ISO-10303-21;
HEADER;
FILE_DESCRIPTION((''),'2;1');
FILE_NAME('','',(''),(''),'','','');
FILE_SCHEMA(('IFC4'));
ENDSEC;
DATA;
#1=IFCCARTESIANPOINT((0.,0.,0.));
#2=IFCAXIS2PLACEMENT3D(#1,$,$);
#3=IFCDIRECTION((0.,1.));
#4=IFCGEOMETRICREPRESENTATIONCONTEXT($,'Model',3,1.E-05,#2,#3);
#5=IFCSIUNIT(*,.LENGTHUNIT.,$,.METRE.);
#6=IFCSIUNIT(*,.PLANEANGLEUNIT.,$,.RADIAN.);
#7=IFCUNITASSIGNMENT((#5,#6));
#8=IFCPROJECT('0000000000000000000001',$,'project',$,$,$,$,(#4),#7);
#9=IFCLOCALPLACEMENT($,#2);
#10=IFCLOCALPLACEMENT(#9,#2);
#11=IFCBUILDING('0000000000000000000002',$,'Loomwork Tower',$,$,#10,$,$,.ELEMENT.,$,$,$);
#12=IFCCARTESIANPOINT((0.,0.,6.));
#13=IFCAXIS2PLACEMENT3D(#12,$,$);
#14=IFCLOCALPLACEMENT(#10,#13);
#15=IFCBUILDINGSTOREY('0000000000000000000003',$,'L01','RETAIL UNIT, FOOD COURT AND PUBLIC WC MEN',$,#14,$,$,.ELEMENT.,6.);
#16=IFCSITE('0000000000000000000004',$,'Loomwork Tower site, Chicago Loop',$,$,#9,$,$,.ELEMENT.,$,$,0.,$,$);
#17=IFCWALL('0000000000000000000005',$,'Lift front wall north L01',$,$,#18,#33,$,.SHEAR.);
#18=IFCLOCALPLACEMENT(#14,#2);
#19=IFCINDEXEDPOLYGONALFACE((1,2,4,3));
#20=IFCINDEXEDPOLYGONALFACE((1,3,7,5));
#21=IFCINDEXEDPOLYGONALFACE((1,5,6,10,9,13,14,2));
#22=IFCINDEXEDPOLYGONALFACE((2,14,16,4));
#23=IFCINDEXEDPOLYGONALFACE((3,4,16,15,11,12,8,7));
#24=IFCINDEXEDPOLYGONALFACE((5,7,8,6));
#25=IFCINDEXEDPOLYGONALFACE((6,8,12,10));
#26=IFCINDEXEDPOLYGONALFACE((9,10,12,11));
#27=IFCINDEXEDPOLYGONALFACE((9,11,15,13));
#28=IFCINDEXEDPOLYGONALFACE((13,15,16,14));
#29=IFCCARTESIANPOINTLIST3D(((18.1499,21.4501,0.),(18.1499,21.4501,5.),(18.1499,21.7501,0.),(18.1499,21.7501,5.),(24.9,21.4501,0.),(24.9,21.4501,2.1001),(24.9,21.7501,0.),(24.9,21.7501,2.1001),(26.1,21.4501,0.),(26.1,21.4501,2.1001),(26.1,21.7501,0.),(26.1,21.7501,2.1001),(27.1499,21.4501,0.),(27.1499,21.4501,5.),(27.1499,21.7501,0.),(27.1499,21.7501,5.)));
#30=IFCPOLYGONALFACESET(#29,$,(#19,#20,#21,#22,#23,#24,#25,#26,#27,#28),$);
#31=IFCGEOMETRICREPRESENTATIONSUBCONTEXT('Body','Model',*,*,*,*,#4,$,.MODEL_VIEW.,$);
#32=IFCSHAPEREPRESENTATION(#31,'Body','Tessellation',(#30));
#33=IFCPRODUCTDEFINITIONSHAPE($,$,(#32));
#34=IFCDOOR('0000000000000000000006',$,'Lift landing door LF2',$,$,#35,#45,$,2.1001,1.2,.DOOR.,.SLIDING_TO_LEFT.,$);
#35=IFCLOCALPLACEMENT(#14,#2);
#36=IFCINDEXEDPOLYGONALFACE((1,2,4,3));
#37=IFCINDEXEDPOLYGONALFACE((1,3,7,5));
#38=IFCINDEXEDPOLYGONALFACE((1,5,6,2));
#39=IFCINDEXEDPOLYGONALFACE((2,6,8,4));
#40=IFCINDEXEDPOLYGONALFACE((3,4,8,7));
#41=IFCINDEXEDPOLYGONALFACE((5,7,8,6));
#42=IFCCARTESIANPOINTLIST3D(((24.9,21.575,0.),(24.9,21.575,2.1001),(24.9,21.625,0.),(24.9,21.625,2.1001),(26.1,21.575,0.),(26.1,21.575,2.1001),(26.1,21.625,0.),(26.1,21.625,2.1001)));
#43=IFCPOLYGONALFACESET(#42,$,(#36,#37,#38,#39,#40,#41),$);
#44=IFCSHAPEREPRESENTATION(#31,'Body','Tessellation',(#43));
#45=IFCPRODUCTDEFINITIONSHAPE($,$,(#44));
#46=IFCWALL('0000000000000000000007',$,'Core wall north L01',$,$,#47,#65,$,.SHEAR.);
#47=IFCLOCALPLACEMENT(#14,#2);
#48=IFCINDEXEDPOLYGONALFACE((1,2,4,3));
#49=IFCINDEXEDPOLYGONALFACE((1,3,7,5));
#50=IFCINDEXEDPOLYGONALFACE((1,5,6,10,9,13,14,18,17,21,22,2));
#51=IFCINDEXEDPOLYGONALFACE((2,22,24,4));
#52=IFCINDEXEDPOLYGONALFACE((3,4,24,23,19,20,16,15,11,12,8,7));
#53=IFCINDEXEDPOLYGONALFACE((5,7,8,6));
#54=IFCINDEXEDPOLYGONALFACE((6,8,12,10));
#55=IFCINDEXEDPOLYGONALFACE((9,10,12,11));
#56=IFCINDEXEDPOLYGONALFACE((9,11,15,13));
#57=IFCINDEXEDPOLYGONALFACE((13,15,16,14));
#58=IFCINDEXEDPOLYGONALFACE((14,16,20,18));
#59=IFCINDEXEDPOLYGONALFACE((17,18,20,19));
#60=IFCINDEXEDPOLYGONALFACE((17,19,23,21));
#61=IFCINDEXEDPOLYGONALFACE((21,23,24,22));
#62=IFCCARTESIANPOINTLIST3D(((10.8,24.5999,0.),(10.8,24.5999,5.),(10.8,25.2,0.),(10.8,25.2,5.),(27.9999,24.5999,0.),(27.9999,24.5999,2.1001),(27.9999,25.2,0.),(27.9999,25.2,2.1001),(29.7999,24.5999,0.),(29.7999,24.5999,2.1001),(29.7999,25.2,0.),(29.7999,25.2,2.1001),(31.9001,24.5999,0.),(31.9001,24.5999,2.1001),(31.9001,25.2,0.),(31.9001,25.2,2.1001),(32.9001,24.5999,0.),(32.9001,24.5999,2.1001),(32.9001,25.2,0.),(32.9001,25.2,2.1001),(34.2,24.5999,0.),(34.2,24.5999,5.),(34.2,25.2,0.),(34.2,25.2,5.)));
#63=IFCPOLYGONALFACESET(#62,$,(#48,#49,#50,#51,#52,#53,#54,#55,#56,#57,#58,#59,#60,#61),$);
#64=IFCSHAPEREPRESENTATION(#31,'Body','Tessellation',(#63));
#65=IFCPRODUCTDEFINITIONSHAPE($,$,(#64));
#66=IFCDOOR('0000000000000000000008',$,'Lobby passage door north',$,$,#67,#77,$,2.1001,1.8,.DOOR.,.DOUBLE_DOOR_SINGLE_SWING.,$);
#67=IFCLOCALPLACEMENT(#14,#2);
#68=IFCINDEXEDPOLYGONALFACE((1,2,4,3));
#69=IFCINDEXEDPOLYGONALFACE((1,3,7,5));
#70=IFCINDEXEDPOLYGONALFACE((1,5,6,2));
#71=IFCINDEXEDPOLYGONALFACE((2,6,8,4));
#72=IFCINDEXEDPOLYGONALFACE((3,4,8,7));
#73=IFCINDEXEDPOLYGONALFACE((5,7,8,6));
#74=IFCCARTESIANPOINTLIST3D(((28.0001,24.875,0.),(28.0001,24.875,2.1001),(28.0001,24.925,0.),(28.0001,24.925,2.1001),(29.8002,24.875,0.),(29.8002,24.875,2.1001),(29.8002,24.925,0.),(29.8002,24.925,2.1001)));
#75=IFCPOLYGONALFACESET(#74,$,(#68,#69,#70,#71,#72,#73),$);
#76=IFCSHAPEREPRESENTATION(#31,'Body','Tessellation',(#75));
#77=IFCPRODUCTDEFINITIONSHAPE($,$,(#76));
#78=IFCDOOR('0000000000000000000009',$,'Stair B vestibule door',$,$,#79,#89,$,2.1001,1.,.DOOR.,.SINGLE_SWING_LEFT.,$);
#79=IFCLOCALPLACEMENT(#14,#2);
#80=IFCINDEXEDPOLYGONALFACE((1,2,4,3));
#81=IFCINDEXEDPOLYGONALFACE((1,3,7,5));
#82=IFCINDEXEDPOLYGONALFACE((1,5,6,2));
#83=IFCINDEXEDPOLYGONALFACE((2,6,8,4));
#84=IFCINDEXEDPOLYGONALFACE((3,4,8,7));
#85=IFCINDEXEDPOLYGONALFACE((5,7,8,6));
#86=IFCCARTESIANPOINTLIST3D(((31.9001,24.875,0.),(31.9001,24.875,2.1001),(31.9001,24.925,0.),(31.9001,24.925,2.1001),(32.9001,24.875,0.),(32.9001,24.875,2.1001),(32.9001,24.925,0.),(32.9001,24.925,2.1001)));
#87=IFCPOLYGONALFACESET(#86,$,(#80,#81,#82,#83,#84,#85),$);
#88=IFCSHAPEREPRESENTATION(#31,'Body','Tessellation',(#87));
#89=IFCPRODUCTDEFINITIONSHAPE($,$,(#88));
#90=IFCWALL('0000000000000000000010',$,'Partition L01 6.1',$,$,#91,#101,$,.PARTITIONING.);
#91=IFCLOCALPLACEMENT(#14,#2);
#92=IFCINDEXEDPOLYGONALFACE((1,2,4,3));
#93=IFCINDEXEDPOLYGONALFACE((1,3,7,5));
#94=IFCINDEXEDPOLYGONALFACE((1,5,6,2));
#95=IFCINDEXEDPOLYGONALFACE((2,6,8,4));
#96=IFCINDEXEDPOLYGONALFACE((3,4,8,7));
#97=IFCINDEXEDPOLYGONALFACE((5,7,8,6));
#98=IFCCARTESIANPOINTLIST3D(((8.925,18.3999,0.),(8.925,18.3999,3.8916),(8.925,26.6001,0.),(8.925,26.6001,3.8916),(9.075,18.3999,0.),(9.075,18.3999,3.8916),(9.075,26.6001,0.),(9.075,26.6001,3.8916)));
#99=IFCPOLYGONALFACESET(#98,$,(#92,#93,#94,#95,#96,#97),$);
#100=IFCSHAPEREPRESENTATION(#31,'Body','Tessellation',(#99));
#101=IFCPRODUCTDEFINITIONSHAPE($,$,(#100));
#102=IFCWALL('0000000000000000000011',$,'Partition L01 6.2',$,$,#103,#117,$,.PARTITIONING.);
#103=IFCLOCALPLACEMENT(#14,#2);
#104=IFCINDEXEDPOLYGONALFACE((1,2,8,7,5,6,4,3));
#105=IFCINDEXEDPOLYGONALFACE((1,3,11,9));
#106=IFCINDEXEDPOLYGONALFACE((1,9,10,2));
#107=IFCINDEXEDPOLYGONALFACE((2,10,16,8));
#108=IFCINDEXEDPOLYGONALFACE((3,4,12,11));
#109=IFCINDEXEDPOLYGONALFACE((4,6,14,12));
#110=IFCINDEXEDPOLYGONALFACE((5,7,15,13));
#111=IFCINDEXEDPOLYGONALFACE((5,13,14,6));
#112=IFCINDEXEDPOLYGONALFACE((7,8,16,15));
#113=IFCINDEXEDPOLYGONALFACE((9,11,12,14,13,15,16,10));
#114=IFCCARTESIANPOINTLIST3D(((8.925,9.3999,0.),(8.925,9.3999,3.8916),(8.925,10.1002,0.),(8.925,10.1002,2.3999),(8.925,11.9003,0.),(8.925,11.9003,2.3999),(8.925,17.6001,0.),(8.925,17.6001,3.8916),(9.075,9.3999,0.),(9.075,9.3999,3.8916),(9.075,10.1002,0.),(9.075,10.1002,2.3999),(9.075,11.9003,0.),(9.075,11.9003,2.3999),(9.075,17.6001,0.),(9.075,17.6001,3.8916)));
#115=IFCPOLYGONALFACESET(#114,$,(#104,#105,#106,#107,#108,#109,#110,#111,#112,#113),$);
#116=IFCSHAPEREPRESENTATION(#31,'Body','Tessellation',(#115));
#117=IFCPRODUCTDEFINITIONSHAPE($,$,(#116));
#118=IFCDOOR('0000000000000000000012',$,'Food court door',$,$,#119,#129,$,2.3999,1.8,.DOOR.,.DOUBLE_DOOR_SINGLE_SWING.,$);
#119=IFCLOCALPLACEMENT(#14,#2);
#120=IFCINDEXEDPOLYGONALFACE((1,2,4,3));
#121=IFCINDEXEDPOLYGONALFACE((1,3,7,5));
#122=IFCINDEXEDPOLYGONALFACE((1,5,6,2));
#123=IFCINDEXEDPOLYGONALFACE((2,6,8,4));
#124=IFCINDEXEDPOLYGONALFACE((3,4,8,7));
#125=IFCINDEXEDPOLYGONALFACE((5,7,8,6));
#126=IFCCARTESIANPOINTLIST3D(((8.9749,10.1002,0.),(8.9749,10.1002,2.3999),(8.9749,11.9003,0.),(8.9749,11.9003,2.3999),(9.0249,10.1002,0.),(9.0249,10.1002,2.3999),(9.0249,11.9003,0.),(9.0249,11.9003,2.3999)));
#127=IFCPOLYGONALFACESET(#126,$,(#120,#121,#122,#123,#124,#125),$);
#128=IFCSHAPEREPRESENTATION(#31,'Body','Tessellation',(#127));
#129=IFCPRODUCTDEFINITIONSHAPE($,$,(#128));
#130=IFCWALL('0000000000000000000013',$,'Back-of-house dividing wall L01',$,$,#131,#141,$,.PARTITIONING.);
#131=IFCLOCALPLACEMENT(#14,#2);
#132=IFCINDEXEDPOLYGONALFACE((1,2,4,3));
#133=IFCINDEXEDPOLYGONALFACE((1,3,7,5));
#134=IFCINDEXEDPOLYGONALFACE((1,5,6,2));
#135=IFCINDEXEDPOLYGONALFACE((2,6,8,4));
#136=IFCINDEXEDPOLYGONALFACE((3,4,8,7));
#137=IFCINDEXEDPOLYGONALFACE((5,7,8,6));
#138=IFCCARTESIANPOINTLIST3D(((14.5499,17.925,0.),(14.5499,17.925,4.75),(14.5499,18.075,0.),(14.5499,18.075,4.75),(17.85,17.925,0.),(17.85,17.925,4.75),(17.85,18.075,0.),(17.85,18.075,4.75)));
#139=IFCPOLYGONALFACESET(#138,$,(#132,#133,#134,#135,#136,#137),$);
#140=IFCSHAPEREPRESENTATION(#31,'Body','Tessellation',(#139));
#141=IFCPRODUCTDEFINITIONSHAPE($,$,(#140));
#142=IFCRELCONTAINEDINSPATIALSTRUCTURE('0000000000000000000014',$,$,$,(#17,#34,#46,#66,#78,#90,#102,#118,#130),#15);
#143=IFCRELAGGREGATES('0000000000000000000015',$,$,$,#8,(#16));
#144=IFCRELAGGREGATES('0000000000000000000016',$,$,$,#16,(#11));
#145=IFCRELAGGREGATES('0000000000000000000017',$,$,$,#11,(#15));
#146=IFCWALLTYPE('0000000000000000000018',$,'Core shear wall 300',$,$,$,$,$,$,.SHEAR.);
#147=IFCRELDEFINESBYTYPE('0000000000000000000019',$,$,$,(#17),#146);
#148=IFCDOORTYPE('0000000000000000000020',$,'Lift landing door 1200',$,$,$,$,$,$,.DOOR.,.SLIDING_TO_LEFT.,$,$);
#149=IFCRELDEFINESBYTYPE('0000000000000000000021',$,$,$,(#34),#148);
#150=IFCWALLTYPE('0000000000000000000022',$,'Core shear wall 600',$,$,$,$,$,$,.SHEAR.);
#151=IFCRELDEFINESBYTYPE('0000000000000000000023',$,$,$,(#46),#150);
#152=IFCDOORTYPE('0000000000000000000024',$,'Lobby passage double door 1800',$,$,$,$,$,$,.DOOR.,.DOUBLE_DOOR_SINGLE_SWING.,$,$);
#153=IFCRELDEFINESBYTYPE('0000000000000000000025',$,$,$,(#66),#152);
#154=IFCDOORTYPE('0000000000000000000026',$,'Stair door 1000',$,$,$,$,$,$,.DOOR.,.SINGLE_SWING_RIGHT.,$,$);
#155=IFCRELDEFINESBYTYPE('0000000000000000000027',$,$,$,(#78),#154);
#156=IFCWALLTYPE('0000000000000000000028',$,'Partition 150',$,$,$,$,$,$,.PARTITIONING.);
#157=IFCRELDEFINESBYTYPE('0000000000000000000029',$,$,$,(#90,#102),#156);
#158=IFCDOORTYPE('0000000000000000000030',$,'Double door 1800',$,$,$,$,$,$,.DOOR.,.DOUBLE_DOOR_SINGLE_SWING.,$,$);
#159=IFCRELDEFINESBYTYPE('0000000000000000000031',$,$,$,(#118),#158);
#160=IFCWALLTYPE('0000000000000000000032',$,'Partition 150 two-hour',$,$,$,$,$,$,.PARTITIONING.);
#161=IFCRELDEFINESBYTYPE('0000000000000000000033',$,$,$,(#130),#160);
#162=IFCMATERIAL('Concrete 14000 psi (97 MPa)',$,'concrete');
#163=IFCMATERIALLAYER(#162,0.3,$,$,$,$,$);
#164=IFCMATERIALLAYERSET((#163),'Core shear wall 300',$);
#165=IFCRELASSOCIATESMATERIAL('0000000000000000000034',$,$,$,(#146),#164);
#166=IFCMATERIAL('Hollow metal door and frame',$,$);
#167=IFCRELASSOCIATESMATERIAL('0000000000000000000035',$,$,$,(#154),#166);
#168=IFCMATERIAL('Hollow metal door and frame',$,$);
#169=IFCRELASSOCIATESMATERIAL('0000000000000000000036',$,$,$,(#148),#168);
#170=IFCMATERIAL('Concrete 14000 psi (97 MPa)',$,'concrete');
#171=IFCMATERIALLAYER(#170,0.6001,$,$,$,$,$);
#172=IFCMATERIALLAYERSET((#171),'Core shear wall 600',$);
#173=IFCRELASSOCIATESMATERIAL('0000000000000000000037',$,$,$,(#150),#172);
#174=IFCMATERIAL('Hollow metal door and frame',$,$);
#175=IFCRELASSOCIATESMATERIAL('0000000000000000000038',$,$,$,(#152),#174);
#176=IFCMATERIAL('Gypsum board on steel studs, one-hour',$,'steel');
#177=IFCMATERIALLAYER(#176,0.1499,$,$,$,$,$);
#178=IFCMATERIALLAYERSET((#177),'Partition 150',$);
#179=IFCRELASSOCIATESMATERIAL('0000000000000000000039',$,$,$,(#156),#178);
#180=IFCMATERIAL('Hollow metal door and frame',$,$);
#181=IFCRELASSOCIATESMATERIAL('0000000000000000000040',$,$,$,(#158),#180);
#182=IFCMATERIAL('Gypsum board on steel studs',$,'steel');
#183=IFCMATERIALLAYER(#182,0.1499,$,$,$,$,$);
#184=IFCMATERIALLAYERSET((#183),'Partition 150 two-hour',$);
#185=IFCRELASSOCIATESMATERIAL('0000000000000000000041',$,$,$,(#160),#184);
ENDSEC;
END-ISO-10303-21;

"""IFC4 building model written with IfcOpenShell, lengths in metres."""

from ifc_helpers import new_model, si_unit, direction, frame, frame_2d, origin, place, context, subcontext, project, spatial, rectangle, extrude, material, layer, layer_set, type_object, element, fill, save


model = new_model("IFC4")

# Units and contexts
model_context = context("Model", 3, precision=1e-05, world=origin(), true_north=direction((0.0, 1.0)))
body_context = subcontext(model_context, "Body", "Model", "MODEL_VIEW")
ifc_project = project(units=[si_unit("LENGTHUNIT", "METRE"), si_unit("PLANEANGLEUNIT", "RADIAN")], contexts=[model_context])

# Site, building, storey
site_placement = place(None, origin())
site = spatial("IfcSite", under=ifc_project, at=site_placement, Name="Loomwork Tower site, Chicago Loop", CompositionType="ELEMENT", RefElevation=0.0)
building_placement = place(site_placement, origin())
building = spatial("IfcBuilding", under=site, at=building_placement, Name="Loomwork Tower", CompositionType="ELEMENT")
storey_placement = place(building_placement, frame((0.0, 0.0, 6.0)))
storey = spatial("IfcBuildingStorey", under=building, at=storey_placement, Name="L01", Description="RETAIL UNIT, FOOD COURT AND PUBLIC WC MEN", CompositionType="ELEMENT", Elevation=6.0)

# Shared definitions
ifc_material_1 = material(Name="Concrete 14000 psi (97 MPa)", Category="concrete")
ifc_layer_1 = layer(ifc_material_1, 0.3)
ifc_layer_set_1 = layer_set([ifc_layer_1], Name="Core shear wall 300")
wall_type_1 = type_object("IfcWallType", Name="Core shear wall 300", PredefinedType="SHEAR", material=ifc_layer_set_1)
ifc_material_2 = material(Name="Hollow metal door and frame")
door_type_1 = type_object("IfcDoorType", Name="Stair door 1000", OperationType="SINGLE_SWING_RIGHT", PredefinedType="DOOR", material=ifc_material_2)

# Shared definitions
ifc_material_3 = material(Name="Hollow metal door and frame")
door_type_2 = type_object("IfcDoorType", Name="Lift landing door 1200", OperationType="SLIDING_TO_LEFT", PredefinedType="DOOR", material=ifc_material_3)

# Wall, opening, door
wall_1_placement = place(storey_placement, frame((18.1499, 21.6001, 0.0), z_axis=(0.0, 0.0, 1.0), x_axis=(1.0, 0.0, 0.0)))
wall_1 = element("IfcWall", 1, at=wall_1_placement, inside=storey, type_object=wall_type_1, Name="Lift front wall north L01", PredefinedType="SHEAR", context=body_context, shape_type="SweptSolid", body=[
    extrude(rectangle(XDim=9.0, YDim=0.3, at=frame_2d((4.5, 0.0))), origin(), (0.0, 0.0, 1.0), 5.0),
])
opening_1_placement = place(wall_1_placement, frame((6.75, 0.0, 0.0)))
opening_1 = element("IfcOpeningElement", 2, at=opening_1_placement, cuts=wall_1, PredefinedType="OPENING", context=body_context, shape_type="SweptSolid", body=[
    extrude(rectangle(XDim=1.2, YDim=2.1001, at=frame_2d((0.6001, 1.05))), frame((0.0, 0.1599, 0.0), z_axis=(0.0, -1.0, 0.0), x_axis=(1.0, 0.0, 0.0)), (0.0, 0.0, 1.0), 0.3201),
])
door_1_placement = place(opening_1_placement, origin())
door_1 = element("IfcDoor", 3, at=door_1_placement, inside=storey, type_object=door_type_2, Name="Lift landing door LF2", OperationType="SLIDING_TO_LEFT", OverallHeight=2.1001, OverallWidth=1.2, PredefinedType="DOOR", context=body_context, shape_type="SweptSolid", body=[
    extrude(rectangle(XDim=1.2, YDim=2.1001, at=frame_2d((0.6001, 1.05))), frame((0.0, 0.0249, 0.0), z_axis=(0.0, -1.0, 0.0), x_axis=(1.0, 0.0, 0.0)), (0.0, 0.0, 1.0), 0.05),
])
fill(opening_1, door_1)

# Wall, openings, doors
ifc_material_4 = material(Name="Concrete 14000 psi (97 MPa)", Category="concrete")
ifc_layer_2 = layer(ifc_material_4, 0.6001)
ifc_layer_set_2 = layer_set([ifc_layer_2], Name="Core shear wall 600")
wall_type_2 = type_object("IfcWallType", Name="Core shear wall 600", PredefinedType="SHEAR", material=ifc_layer_set_2)
wall_2_placement = place(storey_placement, frame((10.8, 24.8999, 0.0), z_axis=(0.0, 0.0, 1.0), x_axis=(1.0, 0.0, 0.0)))
wall_2 = element("IfcWall", 4, at=wall_2_placement, inside=storey, type_object=wall_type_2, Name="Core wall north L01", PredefinedType="SHEAR", context=body_context, shape_type="SweptSolid", body=[
    extrude(rectangle(XDim=23.3999, YDim=0.6001, at=frame_2d((11.7, 0.0))), origin(), (0.0, 0.0, 1.0), 5.0),
])
opening_2_placement = place(wall_2_placement, frame((17.2, 0.0, 0.0)))
opening_2 = element("IfcOpeningElement", 5, at=opening_2_placement, cuts=wall_2, PredefinedType="OPENING", context=body_context, shape_type="SweptSolid", body=[
    extrude(rectangle(XDim=1.8, YDim=2.1001, at=frame_2d((0.8999, 1.05))), frame((0.0, 0.3101, 0.0), z_axis=(0.0, -1.0, 0.0), x_axis=(1.0, 0.0, 0.0)), (0.0, 0.0, 1.0), 0.6201),
])
opening_3_placement = place(wall_2_placement, frame((21.1001, 0.0, 0.0)))
opening_3 = element("IfcOpeningElement", 6, at=opening_3_placement, cuts=wall_2, PredefinedType="OPENING", context=body_context, shape_type="SweptSolid", body=[
    extrude(rectangle(XDim=1.0, YDim=2.1001, at=frame_2d((0.5, 1.05))), frame((0.0, 0.3101, 0.0), z_axis=(0.0, -1.0, 0.0), x_axis=(1.0, 0.0, 0.0)), (0.0, 0.0, 1.0), 0.6201),
])
ifc_material_5 = material(Name="Hollow metal door and frame")
door_type_3 = type_object("IfcDoorType", Name="Lobby passage double door 1800", OperationType="DOUBLE_DOOR_SINGLE_SWING", PredefinedType="DOOR", material=ifc_material_5)
door_2_placement = place(opening_2_placement, frame((1.8, 0.0, 0.0), z_axis=(0.0, 0.0, 1.0), x_axis=(-1.0, 0.0, 0.0)))
door_2 = element("IfcDoor", 7, at=door_2_placement, inside=storey, type_object=door_type_3, Name="Lobby passage door north", OperationType="DOUBLE_DOOR_SINGLE_SWING", OverallHeight=2.1001, OverallWidth=1.8, PredefinedType="DOOR", context=body_context, shape_type="SweptSolid", body=[
    extrude(rectangle(XDim=1.8, YDim=2.1001, at=frame_2d((0.8999, 1.05))), frame((0.0, 0.0249, 0.0), z_axis=(0.0, -1.0, 0.0), x_axis=(1.0, 0.0, 0.0)), (0.0, 0.0, 1.0), 0.05),
])
fill(opening_2, door_2)
door_3_placement = place(opening_3_placement, frame((1.0, 0.0, 0.0), z_axis=(0.0, 0.0, 1.0), x_axis=(-1.0, 0.0, 0.0)))
door_3 = element("IfcDoor", 8, at=door_3_placement, inside=storey, type_object=door_type_1, Name="Stair B vestibule door", OperationType="SINGLE_SWING_LEFT", OverallHeight=2.1001, OverallWidth=1.0, PredefinedType="DOOR", context=body_context, shape_type="SweptSolid", body=[
    extrude(rectangle(XDim=1.0, YDim=2.1001, at=frame_2d((0.5, 1.05))), frame((0.0, 0.0249, 0.0), z_axis=(0.0, -1.0, 0.0), x_axis=(1.0, 0.0, 0.0)), (0.0, 0.0, 1.0), 0.05),
])
fill(opening_3, door_3)

# Wall
ifc_material_6 = material(Name="Gypsum board on steel studs, one-hour", Category="steel")
ifc_layer_3 = layer(ifc_material_6, 0.1499)
ifc_layer_set_3 = layer_set([ifc_layer_3], Name="Partition 150")
wall_type_3 = type_object("IfcWallType", Name="Partition 150", PredefinedType="PARTITIONING", material=ifc_layer_set_3)
wall_3_placement = place(storey_placement, frame((9.0, 26.6001, 0.0), z_axis=(0.0, 0.0, 1.0), x_axis=(0.0, -1.0, 0.0)))
element("IfcWall", 9, at=wall_3_placement, inside=storey, type_object=wall_type_3, Name="Partition L01 6.1", PredefinedType="PARTITIONING", context=body_context, shape_type="SweptSolid", body=[
    extrude(rectangle(XDim=8.2002, YDim=0.1499, at=frame_2d((4.1001, 0.0))), origin(), (0.0, 0.0, 1.0), 3.8916),
])

# Wall, opening, door
wall_4_placement = place(storey_placement, frame((9.0, 17.6001, 0.0), z_axis=(0.0, 0.0, 1.0), x_axis=(0.0, -1.0, 0.0)))
wall_4 = element("IfcWall", 10, at=wall_4_placement, inside=storey, type_object=wall_type_3, Name="Partition L01 6.2", PredefinedType="PARTITIONING", context=body_context, shape_type="SweptSolid", body=[
    extrude(rectangle(XDim=8.2002, YDim=0.1499, at=frame_2d((4.1001, 0.0))), origin(), (0.0, 0.0, 1.0), 3.8916),
])
opening_4_placement = place(wall_4_placement, frame((5.7, 0.0, 0.0)))
opening_4 = element("IfcOpeningElement", 11, at=opening_4_placement, cuts=wall_4, PredefinedType="OPENING", context=body_context, shape_type="SweptSolid", body=[
    extrude(rectangle(XDim=1.8, YDim=2.3999, at=frame_2d((0.8999, 1.2))), frame((0.0, 0.085, 0.0), z_axis=(0.0, -1.0, 0.0), x_axis=(1.0, 0.0, 0.0)), (0.0, 0.0, 1.0), 0.1699),
])
ifc_material_7 = material(Name="Hollow metal door and frame")
door_type_4 = type_object("IfcDoorType", Name="Double door 1800", OperationType="DOUBLE_DOOR_SINGLE_SWING", PredefinedType="DOOR", material=ifc_material_7)
door_4_placement = place(opening_4_placement, origin())
door_4 = element("IfcDoor", 12, at=door_4_placement, inside=storey, type_object=door_type_4, Name="Food court door", OperationType="DOUBLE_DOOR_SINGLE_SWING", OverallHeight=2.3999, OverallWidth=1.8, PredefinedType="DOOR", context=body_context, shape_type="SweptSolid", body=[
    extrude(rectangle(XDim=1.8, YDim=2.3999, at=frame_2d((0.8999, 1.2))), frame((0.0, 0.0249, 0.0), z_axis=(0.0, -1.0, 0.0), x_axis=(1.0, 0.0, 0.0)), (0.0, 0.0, 1.0), 0.05),
])
fill(opening_4, door_4)

# Wall
ifc_material_8 = material(Name="Gypsum board on steel studs", Category="steel")
ifc_layer_4 = layer(ifc_material_8, 0.1499)
ifc_layer_set_4 = layer_set([ifc_layer_4], Name="Partition 150 two-hour")
wall_type_4 = type_object("IfcWallType", Name="Partition 150 two-hour", PredefinedType="PARTITIONING", material=ifc_layer_set_4)
wall_5_placement = place(storey_placement, frame((14.55, 18.0, 0.0), z_axis=(0.0, 0.0, 1.0), x_axis=(1.0, 0.0, 0.0)))
element("IfcWall", 13, at=wall_5_placement, inside=storey, type_object=wall_type_4, Name="Back-of-house dividing wall L01", PredefinedType="PARTITIONING", context=body_context, shape_type="SweptSolid", body=[
    extrude(rectangle(XDim=3.3, YDim=0.1499, at=frame_2d((1.6499, 0.0))), origin(), (0.0, 0.0, 1.0), 4.75),
])

save(model, "model.ifc")
